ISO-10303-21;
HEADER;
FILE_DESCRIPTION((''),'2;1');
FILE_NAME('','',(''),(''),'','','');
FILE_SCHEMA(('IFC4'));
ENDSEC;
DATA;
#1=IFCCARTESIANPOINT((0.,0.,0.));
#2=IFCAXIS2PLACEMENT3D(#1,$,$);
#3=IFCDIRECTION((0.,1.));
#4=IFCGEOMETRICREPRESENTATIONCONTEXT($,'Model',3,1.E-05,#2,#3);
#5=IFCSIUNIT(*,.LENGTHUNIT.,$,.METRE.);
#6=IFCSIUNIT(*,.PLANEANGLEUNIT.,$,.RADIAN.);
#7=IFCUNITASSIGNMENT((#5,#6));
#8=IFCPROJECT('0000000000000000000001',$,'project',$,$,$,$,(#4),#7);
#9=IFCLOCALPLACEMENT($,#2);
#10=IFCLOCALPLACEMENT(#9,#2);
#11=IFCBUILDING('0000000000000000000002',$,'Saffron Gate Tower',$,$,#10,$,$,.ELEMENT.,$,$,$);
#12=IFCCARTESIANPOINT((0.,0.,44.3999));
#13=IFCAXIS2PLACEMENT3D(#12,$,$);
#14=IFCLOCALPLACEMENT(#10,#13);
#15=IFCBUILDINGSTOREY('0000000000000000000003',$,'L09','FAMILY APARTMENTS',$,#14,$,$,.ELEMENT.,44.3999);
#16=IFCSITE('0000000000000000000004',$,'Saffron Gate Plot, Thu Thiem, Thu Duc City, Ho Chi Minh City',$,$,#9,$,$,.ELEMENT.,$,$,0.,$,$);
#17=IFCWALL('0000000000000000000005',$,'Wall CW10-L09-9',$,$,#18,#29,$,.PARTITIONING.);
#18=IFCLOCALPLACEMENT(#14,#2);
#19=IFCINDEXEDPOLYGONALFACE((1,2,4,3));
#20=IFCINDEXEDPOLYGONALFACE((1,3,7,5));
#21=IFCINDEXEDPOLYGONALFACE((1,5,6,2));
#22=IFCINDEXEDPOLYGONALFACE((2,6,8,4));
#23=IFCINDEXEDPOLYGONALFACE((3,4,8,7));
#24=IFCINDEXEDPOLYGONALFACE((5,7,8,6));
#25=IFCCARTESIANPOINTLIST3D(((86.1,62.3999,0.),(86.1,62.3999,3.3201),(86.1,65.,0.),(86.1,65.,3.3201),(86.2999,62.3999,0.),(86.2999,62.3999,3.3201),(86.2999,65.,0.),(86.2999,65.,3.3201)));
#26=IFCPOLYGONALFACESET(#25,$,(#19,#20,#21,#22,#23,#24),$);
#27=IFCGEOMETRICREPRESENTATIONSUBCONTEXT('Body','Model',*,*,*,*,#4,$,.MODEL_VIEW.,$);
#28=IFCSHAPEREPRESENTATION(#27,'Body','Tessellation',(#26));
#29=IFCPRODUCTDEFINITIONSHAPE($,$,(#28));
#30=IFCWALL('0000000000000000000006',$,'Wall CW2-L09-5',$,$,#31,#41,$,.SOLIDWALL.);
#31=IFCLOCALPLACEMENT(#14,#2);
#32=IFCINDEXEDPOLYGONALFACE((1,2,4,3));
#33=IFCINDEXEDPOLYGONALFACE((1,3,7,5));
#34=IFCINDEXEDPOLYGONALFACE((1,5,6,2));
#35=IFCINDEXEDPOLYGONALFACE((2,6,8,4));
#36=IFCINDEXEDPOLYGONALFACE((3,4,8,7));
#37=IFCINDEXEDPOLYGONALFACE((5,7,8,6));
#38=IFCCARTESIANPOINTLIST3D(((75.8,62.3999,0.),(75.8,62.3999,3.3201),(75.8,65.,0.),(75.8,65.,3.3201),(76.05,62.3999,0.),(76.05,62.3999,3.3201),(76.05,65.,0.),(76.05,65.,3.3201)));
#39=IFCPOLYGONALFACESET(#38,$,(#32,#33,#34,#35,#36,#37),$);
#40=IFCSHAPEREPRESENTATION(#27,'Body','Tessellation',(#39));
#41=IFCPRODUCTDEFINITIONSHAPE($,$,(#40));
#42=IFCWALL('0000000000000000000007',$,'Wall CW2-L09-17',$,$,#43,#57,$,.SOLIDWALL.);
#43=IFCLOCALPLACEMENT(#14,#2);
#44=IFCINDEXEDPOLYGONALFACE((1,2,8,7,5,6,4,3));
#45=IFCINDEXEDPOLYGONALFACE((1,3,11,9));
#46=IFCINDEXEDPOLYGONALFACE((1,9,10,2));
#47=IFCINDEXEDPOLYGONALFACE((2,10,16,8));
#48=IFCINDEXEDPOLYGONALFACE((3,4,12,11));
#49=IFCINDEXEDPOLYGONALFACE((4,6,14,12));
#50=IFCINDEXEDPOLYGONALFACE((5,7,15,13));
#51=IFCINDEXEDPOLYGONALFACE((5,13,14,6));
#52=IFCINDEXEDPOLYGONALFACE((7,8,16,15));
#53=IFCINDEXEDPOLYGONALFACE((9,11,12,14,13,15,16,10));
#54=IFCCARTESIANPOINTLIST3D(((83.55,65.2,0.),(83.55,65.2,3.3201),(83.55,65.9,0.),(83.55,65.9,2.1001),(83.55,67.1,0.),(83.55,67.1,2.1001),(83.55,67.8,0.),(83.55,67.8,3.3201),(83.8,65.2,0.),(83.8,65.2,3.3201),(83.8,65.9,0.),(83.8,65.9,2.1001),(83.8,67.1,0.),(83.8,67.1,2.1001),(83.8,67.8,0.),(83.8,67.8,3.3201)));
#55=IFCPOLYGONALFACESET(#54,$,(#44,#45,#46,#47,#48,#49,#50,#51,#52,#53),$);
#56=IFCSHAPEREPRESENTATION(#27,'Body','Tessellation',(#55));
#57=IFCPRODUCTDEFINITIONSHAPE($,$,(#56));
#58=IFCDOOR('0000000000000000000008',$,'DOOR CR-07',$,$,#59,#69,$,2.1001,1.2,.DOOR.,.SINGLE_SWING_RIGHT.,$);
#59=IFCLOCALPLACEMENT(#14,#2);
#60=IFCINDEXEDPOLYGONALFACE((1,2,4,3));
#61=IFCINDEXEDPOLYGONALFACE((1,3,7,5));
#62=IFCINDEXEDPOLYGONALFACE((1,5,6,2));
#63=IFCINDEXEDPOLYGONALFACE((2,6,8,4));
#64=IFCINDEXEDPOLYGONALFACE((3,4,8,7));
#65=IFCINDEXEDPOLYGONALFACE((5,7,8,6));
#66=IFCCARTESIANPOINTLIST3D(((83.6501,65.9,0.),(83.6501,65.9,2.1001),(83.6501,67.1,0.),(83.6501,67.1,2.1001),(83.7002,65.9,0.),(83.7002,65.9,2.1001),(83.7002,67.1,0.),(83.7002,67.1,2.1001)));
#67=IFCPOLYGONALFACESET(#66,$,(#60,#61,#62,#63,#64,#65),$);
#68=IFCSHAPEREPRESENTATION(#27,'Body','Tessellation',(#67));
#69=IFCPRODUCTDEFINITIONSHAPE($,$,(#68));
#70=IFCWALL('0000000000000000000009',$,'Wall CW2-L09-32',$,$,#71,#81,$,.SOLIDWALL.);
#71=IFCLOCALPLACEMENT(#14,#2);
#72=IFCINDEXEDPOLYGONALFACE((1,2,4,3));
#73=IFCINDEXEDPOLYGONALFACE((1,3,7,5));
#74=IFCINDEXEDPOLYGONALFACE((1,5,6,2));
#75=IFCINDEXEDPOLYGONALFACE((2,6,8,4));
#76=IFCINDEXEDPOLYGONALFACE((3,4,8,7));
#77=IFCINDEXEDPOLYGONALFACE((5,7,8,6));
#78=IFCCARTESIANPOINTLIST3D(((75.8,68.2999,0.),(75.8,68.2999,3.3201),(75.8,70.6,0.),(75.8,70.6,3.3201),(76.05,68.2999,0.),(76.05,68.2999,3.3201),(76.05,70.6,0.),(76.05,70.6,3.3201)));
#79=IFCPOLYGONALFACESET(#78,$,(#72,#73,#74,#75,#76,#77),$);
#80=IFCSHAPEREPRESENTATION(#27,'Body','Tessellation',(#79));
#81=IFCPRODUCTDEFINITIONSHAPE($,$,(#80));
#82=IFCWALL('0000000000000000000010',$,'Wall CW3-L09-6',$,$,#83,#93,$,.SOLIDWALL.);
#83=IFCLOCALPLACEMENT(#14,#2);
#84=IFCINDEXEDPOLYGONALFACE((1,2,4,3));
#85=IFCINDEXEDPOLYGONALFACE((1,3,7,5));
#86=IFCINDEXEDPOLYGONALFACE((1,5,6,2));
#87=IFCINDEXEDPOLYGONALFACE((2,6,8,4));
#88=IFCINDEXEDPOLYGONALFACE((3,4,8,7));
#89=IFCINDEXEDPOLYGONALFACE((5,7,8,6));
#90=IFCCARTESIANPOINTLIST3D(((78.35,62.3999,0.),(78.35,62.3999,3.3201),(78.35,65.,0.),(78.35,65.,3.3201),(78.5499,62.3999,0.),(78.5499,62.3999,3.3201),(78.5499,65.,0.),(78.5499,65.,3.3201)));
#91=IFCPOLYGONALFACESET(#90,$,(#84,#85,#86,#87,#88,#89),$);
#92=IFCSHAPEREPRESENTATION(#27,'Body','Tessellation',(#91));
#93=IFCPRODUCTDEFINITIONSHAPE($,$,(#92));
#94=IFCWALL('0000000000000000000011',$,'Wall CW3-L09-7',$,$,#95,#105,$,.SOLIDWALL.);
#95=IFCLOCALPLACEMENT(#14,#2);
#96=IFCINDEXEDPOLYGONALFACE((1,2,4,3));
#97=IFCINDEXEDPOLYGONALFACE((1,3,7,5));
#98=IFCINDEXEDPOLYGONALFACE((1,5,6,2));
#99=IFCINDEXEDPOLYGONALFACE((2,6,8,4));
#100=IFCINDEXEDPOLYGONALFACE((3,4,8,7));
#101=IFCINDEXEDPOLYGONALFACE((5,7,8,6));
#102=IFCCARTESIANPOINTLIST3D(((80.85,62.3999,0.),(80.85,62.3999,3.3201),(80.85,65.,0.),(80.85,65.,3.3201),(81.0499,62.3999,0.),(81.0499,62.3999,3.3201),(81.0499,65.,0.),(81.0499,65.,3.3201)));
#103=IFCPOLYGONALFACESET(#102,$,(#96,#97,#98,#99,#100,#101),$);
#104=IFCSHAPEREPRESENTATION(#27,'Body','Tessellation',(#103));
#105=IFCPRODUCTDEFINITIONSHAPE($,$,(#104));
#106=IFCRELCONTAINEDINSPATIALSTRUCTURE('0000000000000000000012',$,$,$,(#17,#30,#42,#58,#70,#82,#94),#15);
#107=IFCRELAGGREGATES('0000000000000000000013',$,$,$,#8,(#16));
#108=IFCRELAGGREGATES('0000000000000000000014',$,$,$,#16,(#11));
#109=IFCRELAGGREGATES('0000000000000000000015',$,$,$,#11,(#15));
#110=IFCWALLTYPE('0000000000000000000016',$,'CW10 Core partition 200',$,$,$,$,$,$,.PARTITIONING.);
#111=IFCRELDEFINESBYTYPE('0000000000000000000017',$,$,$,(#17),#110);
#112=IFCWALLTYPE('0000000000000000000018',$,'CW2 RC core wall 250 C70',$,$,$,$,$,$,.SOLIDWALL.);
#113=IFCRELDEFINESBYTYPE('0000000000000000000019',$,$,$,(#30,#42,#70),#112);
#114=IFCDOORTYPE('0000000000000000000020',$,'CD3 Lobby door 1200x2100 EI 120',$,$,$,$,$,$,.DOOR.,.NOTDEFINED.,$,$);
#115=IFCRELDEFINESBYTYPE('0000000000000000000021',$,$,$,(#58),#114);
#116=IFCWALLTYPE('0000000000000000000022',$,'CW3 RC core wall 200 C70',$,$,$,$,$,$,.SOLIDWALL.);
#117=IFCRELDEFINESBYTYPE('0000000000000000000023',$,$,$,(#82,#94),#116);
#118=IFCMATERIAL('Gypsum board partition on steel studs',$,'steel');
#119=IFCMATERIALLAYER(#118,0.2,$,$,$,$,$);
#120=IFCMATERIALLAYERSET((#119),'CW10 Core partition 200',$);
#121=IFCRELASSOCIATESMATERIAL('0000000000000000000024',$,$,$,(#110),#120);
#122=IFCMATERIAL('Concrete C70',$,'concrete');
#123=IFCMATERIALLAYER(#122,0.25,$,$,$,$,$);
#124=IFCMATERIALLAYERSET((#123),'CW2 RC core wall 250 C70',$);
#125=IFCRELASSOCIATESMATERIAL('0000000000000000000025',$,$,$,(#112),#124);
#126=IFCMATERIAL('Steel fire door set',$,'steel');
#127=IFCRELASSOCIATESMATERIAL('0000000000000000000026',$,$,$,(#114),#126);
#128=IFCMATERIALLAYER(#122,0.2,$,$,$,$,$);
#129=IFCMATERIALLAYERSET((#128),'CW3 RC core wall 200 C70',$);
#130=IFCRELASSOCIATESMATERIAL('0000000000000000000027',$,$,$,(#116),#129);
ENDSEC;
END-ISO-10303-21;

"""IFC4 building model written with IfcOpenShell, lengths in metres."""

from ifc_helpers import new_model, si_unit, direction, frame, frame_2d, origin, place, context, subcontext, project, spatial, rectangle, extrude, material, layer, layer_set, type_object, element, fill, save


model = new_model("IFC4")

# Units and contexts
model_context = context("Model", 3, precision=1e-05, world=origin(), true_north=direction((0.0, 1.0)))
body_context = subcontext(model_context, "Body", "Model", "MODEL_VIEW")
ifc_project = project(units=[si_unit("LENGTHUNIT", "METRE"), si_unit("PLANEANGLEUNIT", "RADIAN")], contexts=[model_context])

# Site, building, storey
site_placement = place(None, origin())
site = spatial("IfcSite", under=ifc_project, at=site_placement, Name="Saffron Gate Plot, Thu Thiem, Thu Duc City, Ho Chi Minh City", CompositionType="ELEMENT", RefElevation=0.0)
building_placement = place(site_placement, origin())
building = spatial("IfcBuilding", under=site, at=building_placement, Name="Saffron Gate Tower", CompositionType="ELEMENT")
storey_placement = place(building_placement, frame((0.0, 0.0, 44.3999)))
storey = spatial("IfcBuildingStorey", under=building, at=storey_placement, Name="L09", Description="FAMILY APARTMENTS", CompositionType="ELEMENT", Elevation=44.3999)

# Walls
ifc_material_1 = material(Name="Gypsum board partition on steel studs", Category="steel")
ifc_layer_1 = layer(ifc_material_1, 0.2)
ifc_layer_set_1 = layer_set([ifc_layer_1], Name="CW10 Core partition 200")
wall_type_1 = type_object("IfcWallType", Name="CW10 Core partition 200", PredefinedType="PARTITIONING", material=ifc_layer_set_1)
wall_1_placement = place(storey_placement, frame((86.2, 62.3999, 0.0), z_axis=(0.0, 0.0, 1.0), x_axis=(0.0, 1.0, 0.0)))
element("IfcWall", 1, at=wall_1_placement, inside=storey, type_object=wall_type_1, Name="Wall CW10-L09-9", PredefinedType="PARTITIONING", context=body_context, shape_type="SweptSolid", body=[
    extrude(rectangle(XDim=2.6001, YDim=0.2, at=frame_2d((1.3, 0.0))), origin(), (0.0, 0.0, 1.0), 3.3201),
])
ifc_material_2 = material(Name="Concrete C70", Category="concrete")
ifc_layer_2 = layer(ifc_material_2, 0.25)
ifc_layer_set_2 = layer_set([ifc_layer_2], Name="CW2 RC core wall 250 C70")
wall_type_2 = type_object("IfcWallType", Name="CW2 RC core wall 250 C70", PredefinedType="SOLIDWALL", material=ifc_layer_set_2)
wall_2_placement = place(storey_placement, frame((75.925, 62.3999, 0.0), z_axis=(0.0, 0.0, 1.0), x_axis=(0.0, 1.0, 0.0)))
element("IfcWall", 2, at=wall_2_placement, inside=storey, type_object=wall_type_2, Name="Wall CW2-L09-5", PredefinedType="SOLIDWALL", context=body_context, shape_type="SweptSolid", body=[
    extrude(rectangle(XDim=2.6001, YDim=0.25, at=frame_2d((1.3, 0.0))), origin(), (0.0, 0.0, 1.0), 3.3201),
])

# Wall, opening, door
wall_3_placement = place(storey_placement, frame((83.675, 65.2, 0.0), z_axis=(0.0, 0.0, 1.0), x_axis=(0.0, 1.0, 0.0)))
wall_3 = element("IfcWall", 3, at=wall_3_placement, inside=storey, type_object=wall_type_2, Name="Wall CW2-L09-17", PredefinedType="SOLIDWALL", context=body_context, shape_type="SweptSolid", body=[
    extrude(rectangle(XDim=2.6001, YDim=0.25, at=frame_2d((1.3, 0.0))), origin(), (0.0, 0.0, 1.0), 3.3201),
])
opening_1_placement = place(wall_3_placement, frame((0.7, 0.0, 0.0)))
opening_1 = element("IfcOpeningElement", 4, at=opening_1_placement, cuts=wall_3, PredefinedType="OPENING", context=body_context, shape_type="SweptSolid", body=[
    extrude(rectangle(XDim=1.2, YDim=2.1001, at=frame_2d((0.6001, 1.05))), frame((0.0, 0.135, 0.0), z_axis=(0.0, -1.0, 0.0), x_axis=(1.0, 0.0, 0.0)), (0.0, 0.0, 1.0), 0.27),
])
ifc_material_3 = material(Name="Steel fire door set", Category="steel")
door_type_1 = type_object("IfcDoorType", Name="CD3 Lobby door 1200x2100 EI 120", OperationType="NOTDEFINED", PredefinedType="DOOR", material=ifc_material_3)
door_1_placement = place(opening_1_placement, origin())
door_1 = element("IfcDoor", 5, at=door_1_placement, inside=storey, type_object=door_type_1, Name="DOOR CR-07", OperationType="SINGLE_SWING_RIGHT", OverallHeight=2.1001, OverallWidth=1.2, PredefinedType="DOOR", context=body_context, shape_type="SweptSolid", body=[
    extrude(rectangle(XDim=1.2, YDim=2.1001, at=frame_2d((0.6001, 1.05))), frame((0.0, 0.0249, 0.0), z_axis=(0.0, -1.0, 0.0), x_axis=(1.0, 0.0, 0.0)), (0.0, 0.0, 1.0), 0.05),
])
fill(opening_1, door_1)

# Walls
wall_4_placement = place(storey_placement, frame((75.925, 68.3, 0.0), z_axis=(0.0, 0.0, 1.0), x_axis=(0.0, 1.0, 0.0)))
element("IfcWall", 6, at=wall_4_placement, inside=storey, type_object=wall_type_2, Name="Wall CW2-L09-32", PredefinedType="SOLIDWALL", context=body_context, shape_type="SweptSolid", body=[
    extrude(rectangle(XDim=2.3, YDim=0.25, at=frame_2d((1.1499, 0.0))), origin(), (0.0, 0.0, 1.0), 3.3201),
])
ifc_layer_3 = layer(ifc_material_2, 0.2)
ifc_layer_set_3 = layer_set([ifc_layer_3], Name="CW3 RC core wall 200 C70")
wall_type_3 = type_object("IfcWallType", Name="CW3 RC core wall 200 C70", PredefinedType="SOLIDWALL", material=ifc_layer_set_3)
for number, where, z_axis, x_axis, name in (
    (7, (78.45, 62.3999, 0.0), (0.0, 0.0, 1.0), (0.0, 1.0, 0.0), "Wall CW3-L09-6"),
    (8, (80.95, 62.3999, 0.0), (0.0, 0.0, 1.0), (0.0, 1.0, 0.0), "Wall CW3-L09-7"),
):
    element("IfcWall", number, at=place(storey_placement, frame(where, z_axis=z_axis, x_axis=x_axis)), inside=storey, type_object=wall_type_3, Name=name, PredefinedType="SOLIDWALL", context=body_context, shape_type="SweptSolid", body=[
        extrude(rectangle(XDim=2.6001, YDim=0.2, at=frame_2d((1.3, 0.0))), origin(), (0.0, 0.0, 1.0), 3.3201),
    ])

save(model, "model.ifc")
